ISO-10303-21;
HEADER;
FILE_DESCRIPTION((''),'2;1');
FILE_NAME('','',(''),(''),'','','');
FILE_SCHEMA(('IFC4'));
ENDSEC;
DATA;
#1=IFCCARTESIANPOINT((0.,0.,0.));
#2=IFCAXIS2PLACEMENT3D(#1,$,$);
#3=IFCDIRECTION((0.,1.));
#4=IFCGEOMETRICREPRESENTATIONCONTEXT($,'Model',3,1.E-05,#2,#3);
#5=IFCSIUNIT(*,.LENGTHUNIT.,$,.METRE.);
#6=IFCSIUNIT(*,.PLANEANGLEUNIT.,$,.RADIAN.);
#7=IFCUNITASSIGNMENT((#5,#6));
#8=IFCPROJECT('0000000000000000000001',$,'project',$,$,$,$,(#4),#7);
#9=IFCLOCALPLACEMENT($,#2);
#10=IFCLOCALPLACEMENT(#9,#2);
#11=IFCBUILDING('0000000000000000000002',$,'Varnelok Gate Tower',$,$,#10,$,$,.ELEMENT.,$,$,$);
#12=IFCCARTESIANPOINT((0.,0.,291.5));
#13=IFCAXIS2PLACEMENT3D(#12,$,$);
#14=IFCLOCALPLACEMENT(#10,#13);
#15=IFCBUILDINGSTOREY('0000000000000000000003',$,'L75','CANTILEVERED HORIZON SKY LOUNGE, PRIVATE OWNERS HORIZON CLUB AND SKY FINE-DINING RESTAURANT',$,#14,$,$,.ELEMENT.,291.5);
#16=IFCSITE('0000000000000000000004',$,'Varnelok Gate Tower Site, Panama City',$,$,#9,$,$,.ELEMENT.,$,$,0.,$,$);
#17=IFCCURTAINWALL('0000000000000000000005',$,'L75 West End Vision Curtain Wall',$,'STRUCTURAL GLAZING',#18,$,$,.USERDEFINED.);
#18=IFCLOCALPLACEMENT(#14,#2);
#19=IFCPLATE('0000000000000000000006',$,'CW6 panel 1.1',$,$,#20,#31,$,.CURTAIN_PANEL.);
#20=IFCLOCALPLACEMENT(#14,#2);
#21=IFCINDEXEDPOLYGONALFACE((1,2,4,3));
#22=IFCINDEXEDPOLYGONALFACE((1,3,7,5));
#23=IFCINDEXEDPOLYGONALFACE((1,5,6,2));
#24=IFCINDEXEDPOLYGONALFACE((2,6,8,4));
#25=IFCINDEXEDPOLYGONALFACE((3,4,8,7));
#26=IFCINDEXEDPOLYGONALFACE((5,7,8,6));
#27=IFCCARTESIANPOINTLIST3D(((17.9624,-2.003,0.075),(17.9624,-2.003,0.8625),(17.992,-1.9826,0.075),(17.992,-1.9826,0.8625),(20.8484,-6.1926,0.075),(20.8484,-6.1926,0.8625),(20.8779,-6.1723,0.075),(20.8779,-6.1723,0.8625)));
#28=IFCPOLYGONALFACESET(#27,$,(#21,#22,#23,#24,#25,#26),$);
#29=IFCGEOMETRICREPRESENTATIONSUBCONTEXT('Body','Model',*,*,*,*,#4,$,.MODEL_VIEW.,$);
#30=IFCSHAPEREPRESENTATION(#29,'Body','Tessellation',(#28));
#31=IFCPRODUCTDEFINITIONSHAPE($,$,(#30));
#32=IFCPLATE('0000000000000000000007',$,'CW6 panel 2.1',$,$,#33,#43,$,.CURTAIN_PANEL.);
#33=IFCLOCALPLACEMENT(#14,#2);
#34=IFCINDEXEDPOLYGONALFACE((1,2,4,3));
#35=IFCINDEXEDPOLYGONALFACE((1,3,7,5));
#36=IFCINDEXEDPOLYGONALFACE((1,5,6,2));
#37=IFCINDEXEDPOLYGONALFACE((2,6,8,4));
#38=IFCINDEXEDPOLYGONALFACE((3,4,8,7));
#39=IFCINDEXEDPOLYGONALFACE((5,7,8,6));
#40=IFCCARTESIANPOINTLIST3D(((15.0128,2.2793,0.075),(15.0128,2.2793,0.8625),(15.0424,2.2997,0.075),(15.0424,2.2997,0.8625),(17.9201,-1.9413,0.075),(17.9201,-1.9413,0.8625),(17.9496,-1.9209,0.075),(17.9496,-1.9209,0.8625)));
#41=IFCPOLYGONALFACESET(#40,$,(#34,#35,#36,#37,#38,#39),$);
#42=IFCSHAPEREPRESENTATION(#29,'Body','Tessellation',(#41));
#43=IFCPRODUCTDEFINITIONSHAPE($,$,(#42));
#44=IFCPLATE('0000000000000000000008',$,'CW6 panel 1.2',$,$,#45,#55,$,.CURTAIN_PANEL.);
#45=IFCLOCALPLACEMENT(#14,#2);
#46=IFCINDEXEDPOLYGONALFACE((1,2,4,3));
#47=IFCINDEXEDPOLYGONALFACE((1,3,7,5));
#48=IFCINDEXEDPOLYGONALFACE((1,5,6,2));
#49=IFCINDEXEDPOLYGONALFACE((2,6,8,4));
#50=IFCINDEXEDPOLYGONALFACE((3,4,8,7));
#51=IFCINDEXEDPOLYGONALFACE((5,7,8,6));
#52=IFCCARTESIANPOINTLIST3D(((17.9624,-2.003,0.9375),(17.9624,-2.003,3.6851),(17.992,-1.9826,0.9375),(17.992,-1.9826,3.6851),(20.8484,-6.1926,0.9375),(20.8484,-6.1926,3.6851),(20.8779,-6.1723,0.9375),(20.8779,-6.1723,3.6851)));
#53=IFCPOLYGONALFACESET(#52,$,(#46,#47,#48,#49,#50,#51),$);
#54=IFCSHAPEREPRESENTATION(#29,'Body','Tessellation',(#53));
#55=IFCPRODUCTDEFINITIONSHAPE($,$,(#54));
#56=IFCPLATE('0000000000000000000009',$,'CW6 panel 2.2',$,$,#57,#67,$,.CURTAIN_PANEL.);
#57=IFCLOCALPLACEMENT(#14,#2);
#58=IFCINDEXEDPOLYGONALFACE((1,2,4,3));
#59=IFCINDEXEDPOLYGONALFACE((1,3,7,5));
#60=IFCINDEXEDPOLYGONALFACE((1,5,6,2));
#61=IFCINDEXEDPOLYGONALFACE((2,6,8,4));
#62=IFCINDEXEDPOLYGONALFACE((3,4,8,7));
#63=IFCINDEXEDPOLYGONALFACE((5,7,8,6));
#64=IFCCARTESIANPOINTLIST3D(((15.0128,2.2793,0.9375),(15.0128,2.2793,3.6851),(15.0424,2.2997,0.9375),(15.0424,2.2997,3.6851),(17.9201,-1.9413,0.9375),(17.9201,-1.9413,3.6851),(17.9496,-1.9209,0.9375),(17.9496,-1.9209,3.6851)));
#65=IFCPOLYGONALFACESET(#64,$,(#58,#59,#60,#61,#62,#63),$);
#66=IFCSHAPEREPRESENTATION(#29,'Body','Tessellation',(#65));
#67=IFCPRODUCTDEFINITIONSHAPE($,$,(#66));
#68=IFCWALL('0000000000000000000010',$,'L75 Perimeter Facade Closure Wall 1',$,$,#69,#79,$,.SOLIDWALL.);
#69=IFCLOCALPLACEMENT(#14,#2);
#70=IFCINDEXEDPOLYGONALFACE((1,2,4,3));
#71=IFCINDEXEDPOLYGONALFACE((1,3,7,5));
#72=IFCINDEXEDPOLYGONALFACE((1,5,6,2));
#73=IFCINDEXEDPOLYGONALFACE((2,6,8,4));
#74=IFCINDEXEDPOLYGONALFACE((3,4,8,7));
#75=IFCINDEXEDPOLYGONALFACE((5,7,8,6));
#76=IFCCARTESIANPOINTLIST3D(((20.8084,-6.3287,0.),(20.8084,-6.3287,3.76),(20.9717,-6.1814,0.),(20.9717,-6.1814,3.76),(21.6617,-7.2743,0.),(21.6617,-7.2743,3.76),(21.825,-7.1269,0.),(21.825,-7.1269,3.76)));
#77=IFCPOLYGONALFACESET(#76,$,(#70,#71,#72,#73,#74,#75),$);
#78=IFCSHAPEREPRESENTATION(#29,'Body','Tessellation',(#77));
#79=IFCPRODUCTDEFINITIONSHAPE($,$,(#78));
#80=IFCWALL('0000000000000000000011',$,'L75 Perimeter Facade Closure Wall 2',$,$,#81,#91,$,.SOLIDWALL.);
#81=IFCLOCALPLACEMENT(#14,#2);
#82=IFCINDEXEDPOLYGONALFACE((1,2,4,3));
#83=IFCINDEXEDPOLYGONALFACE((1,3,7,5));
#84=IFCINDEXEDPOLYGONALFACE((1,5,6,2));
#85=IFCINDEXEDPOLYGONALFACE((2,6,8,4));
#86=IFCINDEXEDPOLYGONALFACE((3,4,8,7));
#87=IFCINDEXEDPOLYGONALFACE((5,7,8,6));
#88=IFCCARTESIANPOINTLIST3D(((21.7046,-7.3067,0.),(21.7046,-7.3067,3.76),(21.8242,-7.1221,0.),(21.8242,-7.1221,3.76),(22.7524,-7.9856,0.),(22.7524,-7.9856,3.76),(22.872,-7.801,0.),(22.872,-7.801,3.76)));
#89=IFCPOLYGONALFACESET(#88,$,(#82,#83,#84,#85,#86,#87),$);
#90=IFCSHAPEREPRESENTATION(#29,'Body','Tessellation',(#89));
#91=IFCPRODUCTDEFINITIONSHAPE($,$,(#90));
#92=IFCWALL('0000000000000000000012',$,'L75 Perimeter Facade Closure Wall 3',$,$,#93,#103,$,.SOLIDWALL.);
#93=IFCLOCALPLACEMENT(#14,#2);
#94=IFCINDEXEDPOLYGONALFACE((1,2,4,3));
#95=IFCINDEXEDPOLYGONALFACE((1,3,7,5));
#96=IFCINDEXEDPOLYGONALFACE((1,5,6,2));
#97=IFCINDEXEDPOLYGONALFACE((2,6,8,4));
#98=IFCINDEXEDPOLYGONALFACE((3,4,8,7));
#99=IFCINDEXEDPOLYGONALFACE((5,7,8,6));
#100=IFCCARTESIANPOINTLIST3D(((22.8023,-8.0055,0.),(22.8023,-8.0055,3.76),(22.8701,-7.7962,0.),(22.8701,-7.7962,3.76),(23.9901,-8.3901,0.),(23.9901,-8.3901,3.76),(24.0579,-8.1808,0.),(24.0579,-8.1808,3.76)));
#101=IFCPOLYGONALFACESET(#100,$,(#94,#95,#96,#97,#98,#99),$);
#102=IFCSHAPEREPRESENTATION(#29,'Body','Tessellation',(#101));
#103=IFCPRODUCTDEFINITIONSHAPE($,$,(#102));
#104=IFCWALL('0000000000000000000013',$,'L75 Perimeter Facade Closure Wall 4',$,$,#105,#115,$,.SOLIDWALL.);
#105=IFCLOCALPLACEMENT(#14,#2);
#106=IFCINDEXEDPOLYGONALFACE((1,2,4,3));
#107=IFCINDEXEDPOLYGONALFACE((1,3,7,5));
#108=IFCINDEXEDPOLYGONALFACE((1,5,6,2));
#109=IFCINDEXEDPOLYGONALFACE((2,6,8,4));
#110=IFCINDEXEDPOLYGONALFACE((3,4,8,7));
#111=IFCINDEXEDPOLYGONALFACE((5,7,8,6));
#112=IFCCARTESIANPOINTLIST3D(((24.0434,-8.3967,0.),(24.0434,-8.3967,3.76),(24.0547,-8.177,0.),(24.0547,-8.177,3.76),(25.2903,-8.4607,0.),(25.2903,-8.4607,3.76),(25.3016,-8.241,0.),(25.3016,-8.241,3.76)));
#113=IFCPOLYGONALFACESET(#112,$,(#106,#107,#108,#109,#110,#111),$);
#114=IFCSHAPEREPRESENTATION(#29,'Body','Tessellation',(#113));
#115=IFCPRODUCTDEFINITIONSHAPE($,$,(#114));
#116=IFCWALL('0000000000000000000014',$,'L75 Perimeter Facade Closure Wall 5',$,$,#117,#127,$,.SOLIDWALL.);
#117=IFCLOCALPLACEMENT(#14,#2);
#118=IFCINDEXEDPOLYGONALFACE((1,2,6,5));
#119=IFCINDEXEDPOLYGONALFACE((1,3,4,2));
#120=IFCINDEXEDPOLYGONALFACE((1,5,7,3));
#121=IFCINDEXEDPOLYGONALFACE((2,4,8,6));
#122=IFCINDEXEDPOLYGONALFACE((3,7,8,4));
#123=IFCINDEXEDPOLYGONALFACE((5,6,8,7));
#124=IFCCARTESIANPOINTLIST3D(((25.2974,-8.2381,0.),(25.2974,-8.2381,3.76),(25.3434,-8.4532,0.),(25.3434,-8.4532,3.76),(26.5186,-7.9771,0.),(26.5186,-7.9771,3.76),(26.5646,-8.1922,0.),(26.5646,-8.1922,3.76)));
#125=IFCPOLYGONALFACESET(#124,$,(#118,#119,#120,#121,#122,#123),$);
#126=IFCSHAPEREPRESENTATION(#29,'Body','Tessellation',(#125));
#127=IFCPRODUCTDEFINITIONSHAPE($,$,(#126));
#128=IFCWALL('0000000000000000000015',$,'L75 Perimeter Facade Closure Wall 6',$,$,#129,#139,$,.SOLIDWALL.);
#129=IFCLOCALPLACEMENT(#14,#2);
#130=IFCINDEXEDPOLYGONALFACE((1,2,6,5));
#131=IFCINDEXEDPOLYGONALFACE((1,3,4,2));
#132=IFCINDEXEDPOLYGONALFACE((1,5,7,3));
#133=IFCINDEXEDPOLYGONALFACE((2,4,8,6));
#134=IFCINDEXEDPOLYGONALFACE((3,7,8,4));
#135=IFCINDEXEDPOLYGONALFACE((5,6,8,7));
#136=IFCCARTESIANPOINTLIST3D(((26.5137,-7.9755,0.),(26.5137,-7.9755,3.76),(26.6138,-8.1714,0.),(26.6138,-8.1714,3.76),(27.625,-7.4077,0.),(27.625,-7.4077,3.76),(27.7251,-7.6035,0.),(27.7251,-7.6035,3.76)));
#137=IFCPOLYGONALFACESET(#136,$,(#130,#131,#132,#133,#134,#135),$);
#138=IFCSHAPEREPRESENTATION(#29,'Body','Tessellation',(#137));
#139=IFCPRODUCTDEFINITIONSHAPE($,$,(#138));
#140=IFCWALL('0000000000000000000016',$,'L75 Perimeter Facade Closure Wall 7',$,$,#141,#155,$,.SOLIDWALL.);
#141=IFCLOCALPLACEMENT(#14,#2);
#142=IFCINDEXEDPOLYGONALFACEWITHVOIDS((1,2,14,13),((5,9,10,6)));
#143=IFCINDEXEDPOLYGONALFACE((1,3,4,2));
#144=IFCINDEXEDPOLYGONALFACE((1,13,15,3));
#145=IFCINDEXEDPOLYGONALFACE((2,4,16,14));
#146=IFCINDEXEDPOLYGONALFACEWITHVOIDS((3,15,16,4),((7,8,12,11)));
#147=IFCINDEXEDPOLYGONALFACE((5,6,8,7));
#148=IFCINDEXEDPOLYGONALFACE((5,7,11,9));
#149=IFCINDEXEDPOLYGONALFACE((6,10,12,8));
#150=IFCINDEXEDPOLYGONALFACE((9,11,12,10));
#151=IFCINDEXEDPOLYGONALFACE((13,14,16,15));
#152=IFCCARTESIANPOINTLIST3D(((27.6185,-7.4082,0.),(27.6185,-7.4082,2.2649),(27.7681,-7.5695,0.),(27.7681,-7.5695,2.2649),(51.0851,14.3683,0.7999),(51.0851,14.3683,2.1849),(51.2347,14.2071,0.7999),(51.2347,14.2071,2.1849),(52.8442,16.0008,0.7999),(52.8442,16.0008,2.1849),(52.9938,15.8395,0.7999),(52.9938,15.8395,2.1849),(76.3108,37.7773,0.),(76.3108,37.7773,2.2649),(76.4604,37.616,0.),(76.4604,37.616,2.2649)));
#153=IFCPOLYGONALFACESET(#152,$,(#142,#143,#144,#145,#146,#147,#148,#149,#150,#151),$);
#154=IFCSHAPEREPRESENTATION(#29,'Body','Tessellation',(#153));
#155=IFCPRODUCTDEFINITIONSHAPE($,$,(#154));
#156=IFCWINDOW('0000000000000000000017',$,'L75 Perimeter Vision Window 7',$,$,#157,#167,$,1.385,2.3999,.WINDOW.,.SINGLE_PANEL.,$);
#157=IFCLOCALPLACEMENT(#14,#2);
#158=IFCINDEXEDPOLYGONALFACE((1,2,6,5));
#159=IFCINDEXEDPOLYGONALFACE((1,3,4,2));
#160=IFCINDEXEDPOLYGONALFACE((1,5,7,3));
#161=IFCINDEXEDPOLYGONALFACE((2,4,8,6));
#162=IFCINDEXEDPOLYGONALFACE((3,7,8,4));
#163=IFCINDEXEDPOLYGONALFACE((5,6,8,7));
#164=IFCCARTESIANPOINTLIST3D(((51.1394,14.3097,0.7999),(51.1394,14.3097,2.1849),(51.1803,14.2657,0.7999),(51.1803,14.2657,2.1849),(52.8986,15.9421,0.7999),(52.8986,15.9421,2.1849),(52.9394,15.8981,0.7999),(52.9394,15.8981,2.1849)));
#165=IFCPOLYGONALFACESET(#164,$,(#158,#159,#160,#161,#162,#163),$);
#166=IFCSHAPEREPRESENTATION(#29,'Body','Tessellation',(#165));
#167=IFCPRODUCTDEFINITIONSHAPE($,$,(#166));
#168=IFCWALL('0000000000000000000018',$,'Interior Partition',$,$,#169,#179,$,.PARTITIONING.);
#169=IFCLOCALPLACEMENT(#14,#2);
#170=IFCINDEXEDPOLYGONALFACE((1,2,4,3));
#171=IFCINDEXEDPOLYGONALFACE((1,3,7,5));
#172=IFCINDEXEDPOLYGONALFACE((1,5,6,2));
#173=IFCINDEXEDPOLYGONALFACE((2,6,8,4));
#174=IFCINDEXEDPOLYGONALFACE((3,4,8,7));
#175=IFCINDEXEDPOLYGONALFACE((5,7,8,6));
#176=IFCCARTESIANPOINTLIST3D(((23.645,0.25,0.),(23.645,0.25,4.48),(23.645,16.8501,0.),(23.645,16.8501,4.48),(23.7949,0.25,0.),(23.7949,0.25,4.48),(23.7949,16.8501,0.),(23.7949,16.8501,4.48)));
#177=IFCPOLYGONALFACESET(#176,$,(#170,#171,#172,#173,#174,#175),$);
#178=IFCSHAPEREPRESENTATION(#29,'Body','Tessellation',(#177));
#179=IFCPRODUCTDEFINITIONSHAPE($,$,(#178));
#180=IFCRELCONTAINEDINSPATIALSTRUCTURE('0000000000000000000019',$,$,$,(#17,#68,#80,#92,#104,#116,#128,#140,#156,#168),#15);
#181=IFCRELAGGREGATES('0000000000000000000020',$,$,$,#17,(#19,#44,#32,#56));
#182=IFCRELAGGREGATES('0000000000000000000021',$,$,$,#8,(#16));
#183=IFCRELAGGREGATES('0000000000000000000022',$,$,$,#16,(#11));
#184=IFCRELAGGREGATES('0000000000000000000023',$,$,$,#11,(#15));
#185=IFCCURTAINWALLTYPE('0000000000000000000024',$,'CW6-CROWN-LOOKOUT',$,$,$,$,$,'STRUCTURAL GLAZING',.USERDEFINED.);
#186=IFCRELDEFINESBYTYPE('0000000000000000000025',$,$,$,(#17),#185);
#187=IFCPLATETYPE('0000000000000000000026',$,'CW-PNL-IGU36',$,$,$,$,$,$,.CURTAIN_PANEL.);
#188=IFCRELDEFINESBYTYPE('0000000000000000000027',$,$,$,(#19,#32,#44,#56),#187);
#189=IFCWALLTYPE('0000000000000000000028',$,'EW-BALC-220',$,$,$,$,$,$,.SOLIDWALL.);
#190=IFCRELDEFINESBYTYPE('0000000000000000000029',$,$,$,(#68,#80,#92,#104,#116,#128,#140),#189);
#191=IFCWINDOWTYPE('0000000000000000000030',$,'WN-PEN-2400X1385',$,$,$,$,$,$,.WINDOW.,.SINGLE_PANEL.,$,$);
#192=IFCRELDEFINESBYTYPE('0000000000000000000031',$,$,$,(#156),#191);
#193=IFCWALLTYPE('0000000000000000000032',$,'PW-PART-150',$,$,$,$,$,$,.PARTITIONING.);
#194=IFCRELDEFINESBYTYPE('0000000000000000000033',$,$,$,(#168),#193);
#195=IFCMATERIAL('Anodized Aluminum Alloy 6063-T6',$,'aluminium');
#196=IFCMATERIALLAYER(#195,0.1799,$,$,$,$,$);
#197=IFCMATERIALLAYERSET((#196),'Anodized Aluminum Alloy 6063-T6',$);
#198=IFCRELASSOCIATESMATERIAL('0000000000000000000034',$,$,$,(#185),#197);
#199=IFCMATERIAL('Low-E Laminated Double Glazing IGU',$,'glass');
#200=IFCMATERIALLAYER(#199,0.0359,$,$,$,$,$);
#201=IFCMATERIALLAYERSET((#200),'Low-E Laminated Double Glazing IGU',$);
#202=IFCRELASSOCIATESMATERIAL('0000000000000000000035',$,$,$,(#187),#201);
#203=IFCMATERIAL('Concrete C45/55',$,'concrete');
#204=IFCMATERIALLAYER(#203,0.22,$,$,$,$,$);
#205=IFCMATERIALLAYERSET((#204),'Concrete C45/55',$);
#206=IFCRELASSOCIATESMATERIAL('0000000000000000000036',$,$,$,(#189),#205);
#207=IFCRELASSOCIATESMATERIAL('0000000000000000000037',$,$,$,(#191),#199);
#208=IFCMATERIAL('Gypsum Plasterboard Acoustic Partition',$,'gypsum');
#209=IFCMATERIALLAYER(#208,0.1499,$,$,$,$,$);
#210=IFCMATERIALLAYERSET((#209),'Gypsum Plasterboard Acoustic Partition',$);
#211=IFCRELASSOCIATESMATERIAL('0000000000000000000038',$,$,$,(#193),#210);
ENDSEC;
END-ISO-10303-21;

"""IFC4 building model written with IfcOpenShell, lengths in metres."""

from ifc_helpers import new_model, si_unit, direction, frame, frame_2d, origin, origin_2d, place, context, subcontext, project, spatial, rectangle, extrude, source, transform, mapped, material, layer, layer_set, type_object, element, fill, aggregate, save


model = new_model("IFC4")

# Units and contexts
model_context = context("Model", 3, precision=1e-05, world=origin(), true_north=direction((0.0, 1.0)))
body_context = subcontext(model_context, "Body", "Model", "MODEL_VIEW")
ifc_project = project(units=[si_unit("LENGTHUNIT", "METRE"), si_unit("PLANEANGLEUNIT", "RADIAN")], contexts=[model_context])

# Site, building, storey
site_placement = place(None, origin())
site = spatial("IfcSite", under=ifc_project, at=site_placement, Name="Varnelok Gate Tower Site, Panama City", CompositionType="ELEMENT", RefElevation=0.0)
building_placement = place(site_placement, origin())
building = spatial("IfcBuilding", under=site, at=building_placement, Name="Varnelok Gate Tower", CompositionType="ELEMENT")
storey_placement = place(building_placement, frame((0.0, 0.0, 291.5)))
storey = spatial("IfcBuildingStorey", under=building, at=storey_placement, Name="L75", Description="CANTILEVERED HORIZON SKY LOUNGE, PRIVATE OWNERS HORIZON CLUB AND SKY FINE-DINING RESTAURANT", CompositionType="ELEMENT", Elevation=291.5)

# Curtain wall, plates
ifc_material_1 = material(Name="Anodized Aluminum Alloy 6063-T6", Category="aluminium")
ifc_layer_1 = layer(ifc_material_1, 0.1799)
ifc_layer_set_1 = layer_set([ifc_layer_1], Name="Anodized Aluminum Alloy 6063-T6")
curtain_wall_type = type_object("IfcCurtainWallType", Name="CW6-CROWN-LOOKOUT", ElementType="STRUCTURAL GLAZING", PredefinedType="USERDEFINED", material=ifc_layer_set_1)
curtain_wall_placement = place(storey_placement, origin())
curtain_wall = element("IfcCurtainWall", 1, at=curtain_wall_placement, inside=storey, type_object=curtain_wall_type, Name="L75 West End Vision Curtain Wall", ObjectType="STRUCTURAL GLAZING", PredefinedType="USERDEFINED")
ifc_material_2 = material(Name="Low-E Laminated Double Glazing IGU", Category="glass")
ifc_layer_2 = layer(ifc_material_2, 0.0359)
ifc_layer_set_2 = layer_set([ifc_layer_2], Name="Low-E Laminated Double Glazing IGU")
plate_type = type_object("IfcPlateType", Name="CW-PNL-IGU36", PredefinedType="CURTAIN_PANEL", material=ifc_layer_set_2)
shared_shape_1 = source(origin(), body_context, "Body", "SweptSolid", [
    extrude(rectangle(XDim=5.0874, YDim=0.0359, at=origin_2d()), origin(), (0.0, 0.0, 1.0), 0.7876),
])
plate_1_placement = place(storey_placement, frame((19.4202, -4.0876, 0.075), z_axis=(0.0, 0.0, 1.0), x_axis=(-0.567269, 0.823532, 0.0)))
plate_1 = element("IfcPlate", 2, at=plate_1_placement, type_object=plate_type, Name="CW6 panel 1.1", PredefinedType="CURTAIN_PANEL", context=body_context, shape_type="MappedRepresentation", body=[
    mapped(shared_shape_1, transform((0.0, 0.0, 0.0), scale=1.0)),
])
shared_shape_2 = source(origin(), body_context, "Body", "SweptSolid", [
    extrude(rectangle(XDim=5.125, YDim=0.0359, at=origin_2d()), origin(), (0.0, 0.0, 1.0), 0.7876),
])
plate_2_placement = place(storey_placement, frame((16.4812, 0.1792, 0.075), z_axis=(0.0, 0.0, 1.0), x_axis=(-0.567269, 0.823532, 0.0)))
plate_2 = element("IfcPlate", 3, at=plate_2_placement, type_object=plate_type, Name="CW6 panel 2.1", PredefinedType="CURTAIN_PANEL", context=body_context, shape_type="MappedRepresentation", body=[
    mapped(shared_shape_2, transform((0.0, 0.0, 0.0), scale=1.0)),
])
shared_shape_3 = source(origin(), body_context, "Body", "SweptSolid", [
    extrude(rectangle(XDim=5.0874, YDim=0.0359, at=origin_2d()), origin(), (0.0, 0.0, 1.0), 2.7476),
])
plate_3_placement = place(storey_placement, frame((19.4202, -4.0876, 0.9375), z_axis=(0.0, 0.0, 1.0), x_axis=(-0.567269, 0.823532, 0.0)))
plate_3 = element("IfcPlate", 4, at=plate_3_placement, type_object=plate_type, Name="CW6 panel 1.2", PredefinedType="CURTAIN_PANEL", context=body_context, shape_type="MappedRepresentation", body=[
    mapped(shared_shape_3, transform((0.0, 0.0, 0.0), scale=1.0)),
])
shared_shape_4 = source(origin(), body_context, "Body", "SweptSolid", [
    extrude(rectangle(XDim=5.125, YDim=0.0359, at=origin_2d()), origin(), (0.0, 0.0, 1.0), 2.7476),
])
plate_4_placement = place(storey_placement, frame((16.4812, 0.1792, 0.9375), z_axis=(0.0, 0.0, 1.0), x_axis=(-0.567269, 0.823532, 0.0)))
plate_4 = element("IfcPlate", 5, at=plate_4_placement, type_object=plate_type, Name="CW6 panel 2.2", PredefinedType="CURTAIN_PANEL", context=body_context, shape_type="MappedRepresentation", body=[
    mapped(shared_shape_4, transform((0.0, 0.0, 0.0), scale=1.0)),
])
aggregate(curtain_wall, [plate_1, plate_3, plate_2, plate_4])

# Walls
ifc_material_3 = material(Name="Concrete C45/55", Category="concrete")
ifc_layer_3 = layer(ifc_material_3, 0.22)
ifc_layer_set_3 = layer_set([ifc_layer_3], Name="Concrete C45/55")
wall_type_1 = type_object("IfcWallType", Name="EW-BALC-220", PredefinedType="SOLIDWALL", material=ifc_layer_set_3)
wall_1_placement = place(storey_placement, frame((20.8901, -6.2551, 0.0), z_axis=(0.0, 0.0, 1.0), x_axis=(0.669949, -0.742407, 0.0)))
element("IfcWall", 6, at=wall_1_placement, inside=storey, type_object=wall_type_1, Name="L75 Perimeter Facade Closure Wall 1", PredefinedType="SOLIDWALL", context=body_context, shape_type="SweptSolid", body=[
    extrude(rectangle(XDim=1.2737, YDim=0.22, at=frame_2d((0.6367, 0.0))), origin(), (0.0, 0.0, 1.0), 3.76),
])
for number, where, z_axis, x_axis, name in (
    (7, (21.7644, -7.2144, 0.0), (0.0, 0.0, 1.0), (0.839229, -0.543778, 0.0), "L75 Perimeter Facade Closure Wall 2"),
    (8, (22.8362, -7.9009, 0.0), (0.0, 0.0, 1.0), (0.951386, -0.308003, 0.0), "L75 Perimeter Facade Closure Wall 3"),
    (9, (24.0491, -8.2869, 0.0), (0.0, 0.0, 1.0), (0.998687, -0.051235, 0.0), "L75 Perimeter Facade Closure Wall 4"),
):
    element("IfcWall", number, at=place(storey_placement, frame(where, z_axis=z_axis, x_axis=x_axis)), inside=storey, type_object=wall_type_1, Name=name, PredefinedType="SOLIDWALL", context=body_context, shape_type="SweptSolid", body=[
        extrude(rectangle(XDim=1.2485, YDim=0.22, at=frame_2d((0.6243, 0.0))), origin(), (0.0, 0.0, 1.0), 3.76),
    ])
wall_2_placement = place(storey_placement, frame((25.3203, -8.3457, 0.0), z_axis=(0.0, 0.0, 1.0), x_axis=(0.977917, 0.208995, 0.0)))
element("IfcWall", 10, at=wall_2_placement, inside=storey, type_object=wall_type_1, Name="L75 Perimeter Facade Closure Wall 5", PredefinedType="SOLIDWALL", context=body_context, shape_type="SweptSolid", body=[
    extrude(rectangle(XDim=1.2488, YDim=0.22, at=frame_2d((0.6245, 0.0))), origin(), (0.0, 0.0, 1.0), 3.76),
])
wall_3_placement = place(storey_placement, frame((26.5637, -8.0735, 0.0), z_axis=(0.0, 0.0, 1.0), x_axis=(0.89048, 0.455021, 0.0)))
element("IfcWall", 11, at=wall_3_placement, inside=storey, type_object=wall_type_1, Name="L75 Perimeter Facade Closure Wall 6", PredefinedType="SOLIDWALL", context=body_context, shape_type="SweptSolid", body=[
    extrude(rectangle(XDim=1.248, YDim=0.22, at=frame_2d((0.624, 0.0))), origin(), (0.0, 0.0, 1.0), 3.76),
])

# Wall, opening, window
wall_4_placement = place(storey_placement, frame((27.6934, -7.4888, 0.0), z_axis=(0.0, 0.0, 1.0), x_axis=(0.73301, 0.680218, 0.0)))
wall_4 = element("IfcWall", 12, at=wall_4_placement, inside=storey, type_object=wall_type_1, Name="L75 Perimeter Facade Closure Wall 7", PredefinedType="SOLIDWALL", context=body_context, shape_type="SweptSolid", body=[
    extrude(rectangle(XDim=66.428, YDim=0.22, at=frame_2d((33.2139, 0.0))), origin(), (0.0, 0.0, 1.0), 2.2649),
])
opening_placement = place(wall_4_placement, frame((32.0139, 0.0, 0.8)))
opening = element("IfcOpeningElement", 13, at=opening_placement, cuts=wall_4, PredefinedType="OPENING", context=body_context, shape_type="SweptSolid", body=[
    extrude(rectangle(XDim=2.3999, YDim=1.385, at=frame_2d((1.2, 0.6924))), frame((0.0, 0.1199, 0.0), z_axis=(0.0, -1.0, 0.0), x_axis=(1.0, 0.0, 0.0)), (0.0, 0.0, 1.0), 0.24),
])
window_type = type_object("IfcWindowType", Name="WN-PEN-2400X1385", PartitioningType="SINGLE_PANEL", PredefinedType="WINDOW", material=ifc_material_2)
window_placement = place(opening_placement, origin())
window = element("IfcWindow", 14, at=window_placement, inside=storey, type_object=window_type, Name="L75 Perimeter Vision Window 7", OverallHeight=1.385, OverallWidth=2.3999, PartitioningType="SINGLE_PANEL", PredefinedType="WINDOW", context=body_context, shape_type="SweptSolid", body=[
    extrude(rectangle(XDim=2.3999, YDim=1.385, at=frame_2d((1.2, 0.6924))), frame((0.0, 0.03, 0.0), z_axis=(0.0, -1.0, 0.0), x_axis=(1.0, 0.0, 0.0)), (0.0, 0.0, 1.0), 0.0601),
])
fill(opening, window)

# Wall
ifc_material_4 = material(Name="Gypsum Plasterboard Acoustic Partition", Category="gypsum")
ifc_layer_4 = layer(ifc_material_4, 0.1499)
ifc_layer_set_4 = layer_set([ifc_layer_4], Name="Gypsum Plasterboard Acoustic Partition")
wall_type_2 = type_object("IfcWallType", Name="PW-PART-150", PredefinedType="PARTITIONING", material=ifc_layer_set_4)
wall_5_placement = place(storey_placement, frame((23.72, 0.25, 0.0), z_axis=(0.0, 0.0, 1.0), x_axis=(0.0, 1.0, 0.0)))
element("IfcWall", 15, at=wall_5_placement, inside=storey, type_object=wall_type_2, Name="Interior Partition", PredefinedType="PARTITIONING", context=body_context, shape_type="SweptSolid", body=[
    extrude(rectangle(XDim=16.6001, YDim=0.1499, at=frame_2d((8.3, 0.0))), origin(), (0.0, 0.0, 1.0), 4.48),
])

save(model, "model.ifc")
